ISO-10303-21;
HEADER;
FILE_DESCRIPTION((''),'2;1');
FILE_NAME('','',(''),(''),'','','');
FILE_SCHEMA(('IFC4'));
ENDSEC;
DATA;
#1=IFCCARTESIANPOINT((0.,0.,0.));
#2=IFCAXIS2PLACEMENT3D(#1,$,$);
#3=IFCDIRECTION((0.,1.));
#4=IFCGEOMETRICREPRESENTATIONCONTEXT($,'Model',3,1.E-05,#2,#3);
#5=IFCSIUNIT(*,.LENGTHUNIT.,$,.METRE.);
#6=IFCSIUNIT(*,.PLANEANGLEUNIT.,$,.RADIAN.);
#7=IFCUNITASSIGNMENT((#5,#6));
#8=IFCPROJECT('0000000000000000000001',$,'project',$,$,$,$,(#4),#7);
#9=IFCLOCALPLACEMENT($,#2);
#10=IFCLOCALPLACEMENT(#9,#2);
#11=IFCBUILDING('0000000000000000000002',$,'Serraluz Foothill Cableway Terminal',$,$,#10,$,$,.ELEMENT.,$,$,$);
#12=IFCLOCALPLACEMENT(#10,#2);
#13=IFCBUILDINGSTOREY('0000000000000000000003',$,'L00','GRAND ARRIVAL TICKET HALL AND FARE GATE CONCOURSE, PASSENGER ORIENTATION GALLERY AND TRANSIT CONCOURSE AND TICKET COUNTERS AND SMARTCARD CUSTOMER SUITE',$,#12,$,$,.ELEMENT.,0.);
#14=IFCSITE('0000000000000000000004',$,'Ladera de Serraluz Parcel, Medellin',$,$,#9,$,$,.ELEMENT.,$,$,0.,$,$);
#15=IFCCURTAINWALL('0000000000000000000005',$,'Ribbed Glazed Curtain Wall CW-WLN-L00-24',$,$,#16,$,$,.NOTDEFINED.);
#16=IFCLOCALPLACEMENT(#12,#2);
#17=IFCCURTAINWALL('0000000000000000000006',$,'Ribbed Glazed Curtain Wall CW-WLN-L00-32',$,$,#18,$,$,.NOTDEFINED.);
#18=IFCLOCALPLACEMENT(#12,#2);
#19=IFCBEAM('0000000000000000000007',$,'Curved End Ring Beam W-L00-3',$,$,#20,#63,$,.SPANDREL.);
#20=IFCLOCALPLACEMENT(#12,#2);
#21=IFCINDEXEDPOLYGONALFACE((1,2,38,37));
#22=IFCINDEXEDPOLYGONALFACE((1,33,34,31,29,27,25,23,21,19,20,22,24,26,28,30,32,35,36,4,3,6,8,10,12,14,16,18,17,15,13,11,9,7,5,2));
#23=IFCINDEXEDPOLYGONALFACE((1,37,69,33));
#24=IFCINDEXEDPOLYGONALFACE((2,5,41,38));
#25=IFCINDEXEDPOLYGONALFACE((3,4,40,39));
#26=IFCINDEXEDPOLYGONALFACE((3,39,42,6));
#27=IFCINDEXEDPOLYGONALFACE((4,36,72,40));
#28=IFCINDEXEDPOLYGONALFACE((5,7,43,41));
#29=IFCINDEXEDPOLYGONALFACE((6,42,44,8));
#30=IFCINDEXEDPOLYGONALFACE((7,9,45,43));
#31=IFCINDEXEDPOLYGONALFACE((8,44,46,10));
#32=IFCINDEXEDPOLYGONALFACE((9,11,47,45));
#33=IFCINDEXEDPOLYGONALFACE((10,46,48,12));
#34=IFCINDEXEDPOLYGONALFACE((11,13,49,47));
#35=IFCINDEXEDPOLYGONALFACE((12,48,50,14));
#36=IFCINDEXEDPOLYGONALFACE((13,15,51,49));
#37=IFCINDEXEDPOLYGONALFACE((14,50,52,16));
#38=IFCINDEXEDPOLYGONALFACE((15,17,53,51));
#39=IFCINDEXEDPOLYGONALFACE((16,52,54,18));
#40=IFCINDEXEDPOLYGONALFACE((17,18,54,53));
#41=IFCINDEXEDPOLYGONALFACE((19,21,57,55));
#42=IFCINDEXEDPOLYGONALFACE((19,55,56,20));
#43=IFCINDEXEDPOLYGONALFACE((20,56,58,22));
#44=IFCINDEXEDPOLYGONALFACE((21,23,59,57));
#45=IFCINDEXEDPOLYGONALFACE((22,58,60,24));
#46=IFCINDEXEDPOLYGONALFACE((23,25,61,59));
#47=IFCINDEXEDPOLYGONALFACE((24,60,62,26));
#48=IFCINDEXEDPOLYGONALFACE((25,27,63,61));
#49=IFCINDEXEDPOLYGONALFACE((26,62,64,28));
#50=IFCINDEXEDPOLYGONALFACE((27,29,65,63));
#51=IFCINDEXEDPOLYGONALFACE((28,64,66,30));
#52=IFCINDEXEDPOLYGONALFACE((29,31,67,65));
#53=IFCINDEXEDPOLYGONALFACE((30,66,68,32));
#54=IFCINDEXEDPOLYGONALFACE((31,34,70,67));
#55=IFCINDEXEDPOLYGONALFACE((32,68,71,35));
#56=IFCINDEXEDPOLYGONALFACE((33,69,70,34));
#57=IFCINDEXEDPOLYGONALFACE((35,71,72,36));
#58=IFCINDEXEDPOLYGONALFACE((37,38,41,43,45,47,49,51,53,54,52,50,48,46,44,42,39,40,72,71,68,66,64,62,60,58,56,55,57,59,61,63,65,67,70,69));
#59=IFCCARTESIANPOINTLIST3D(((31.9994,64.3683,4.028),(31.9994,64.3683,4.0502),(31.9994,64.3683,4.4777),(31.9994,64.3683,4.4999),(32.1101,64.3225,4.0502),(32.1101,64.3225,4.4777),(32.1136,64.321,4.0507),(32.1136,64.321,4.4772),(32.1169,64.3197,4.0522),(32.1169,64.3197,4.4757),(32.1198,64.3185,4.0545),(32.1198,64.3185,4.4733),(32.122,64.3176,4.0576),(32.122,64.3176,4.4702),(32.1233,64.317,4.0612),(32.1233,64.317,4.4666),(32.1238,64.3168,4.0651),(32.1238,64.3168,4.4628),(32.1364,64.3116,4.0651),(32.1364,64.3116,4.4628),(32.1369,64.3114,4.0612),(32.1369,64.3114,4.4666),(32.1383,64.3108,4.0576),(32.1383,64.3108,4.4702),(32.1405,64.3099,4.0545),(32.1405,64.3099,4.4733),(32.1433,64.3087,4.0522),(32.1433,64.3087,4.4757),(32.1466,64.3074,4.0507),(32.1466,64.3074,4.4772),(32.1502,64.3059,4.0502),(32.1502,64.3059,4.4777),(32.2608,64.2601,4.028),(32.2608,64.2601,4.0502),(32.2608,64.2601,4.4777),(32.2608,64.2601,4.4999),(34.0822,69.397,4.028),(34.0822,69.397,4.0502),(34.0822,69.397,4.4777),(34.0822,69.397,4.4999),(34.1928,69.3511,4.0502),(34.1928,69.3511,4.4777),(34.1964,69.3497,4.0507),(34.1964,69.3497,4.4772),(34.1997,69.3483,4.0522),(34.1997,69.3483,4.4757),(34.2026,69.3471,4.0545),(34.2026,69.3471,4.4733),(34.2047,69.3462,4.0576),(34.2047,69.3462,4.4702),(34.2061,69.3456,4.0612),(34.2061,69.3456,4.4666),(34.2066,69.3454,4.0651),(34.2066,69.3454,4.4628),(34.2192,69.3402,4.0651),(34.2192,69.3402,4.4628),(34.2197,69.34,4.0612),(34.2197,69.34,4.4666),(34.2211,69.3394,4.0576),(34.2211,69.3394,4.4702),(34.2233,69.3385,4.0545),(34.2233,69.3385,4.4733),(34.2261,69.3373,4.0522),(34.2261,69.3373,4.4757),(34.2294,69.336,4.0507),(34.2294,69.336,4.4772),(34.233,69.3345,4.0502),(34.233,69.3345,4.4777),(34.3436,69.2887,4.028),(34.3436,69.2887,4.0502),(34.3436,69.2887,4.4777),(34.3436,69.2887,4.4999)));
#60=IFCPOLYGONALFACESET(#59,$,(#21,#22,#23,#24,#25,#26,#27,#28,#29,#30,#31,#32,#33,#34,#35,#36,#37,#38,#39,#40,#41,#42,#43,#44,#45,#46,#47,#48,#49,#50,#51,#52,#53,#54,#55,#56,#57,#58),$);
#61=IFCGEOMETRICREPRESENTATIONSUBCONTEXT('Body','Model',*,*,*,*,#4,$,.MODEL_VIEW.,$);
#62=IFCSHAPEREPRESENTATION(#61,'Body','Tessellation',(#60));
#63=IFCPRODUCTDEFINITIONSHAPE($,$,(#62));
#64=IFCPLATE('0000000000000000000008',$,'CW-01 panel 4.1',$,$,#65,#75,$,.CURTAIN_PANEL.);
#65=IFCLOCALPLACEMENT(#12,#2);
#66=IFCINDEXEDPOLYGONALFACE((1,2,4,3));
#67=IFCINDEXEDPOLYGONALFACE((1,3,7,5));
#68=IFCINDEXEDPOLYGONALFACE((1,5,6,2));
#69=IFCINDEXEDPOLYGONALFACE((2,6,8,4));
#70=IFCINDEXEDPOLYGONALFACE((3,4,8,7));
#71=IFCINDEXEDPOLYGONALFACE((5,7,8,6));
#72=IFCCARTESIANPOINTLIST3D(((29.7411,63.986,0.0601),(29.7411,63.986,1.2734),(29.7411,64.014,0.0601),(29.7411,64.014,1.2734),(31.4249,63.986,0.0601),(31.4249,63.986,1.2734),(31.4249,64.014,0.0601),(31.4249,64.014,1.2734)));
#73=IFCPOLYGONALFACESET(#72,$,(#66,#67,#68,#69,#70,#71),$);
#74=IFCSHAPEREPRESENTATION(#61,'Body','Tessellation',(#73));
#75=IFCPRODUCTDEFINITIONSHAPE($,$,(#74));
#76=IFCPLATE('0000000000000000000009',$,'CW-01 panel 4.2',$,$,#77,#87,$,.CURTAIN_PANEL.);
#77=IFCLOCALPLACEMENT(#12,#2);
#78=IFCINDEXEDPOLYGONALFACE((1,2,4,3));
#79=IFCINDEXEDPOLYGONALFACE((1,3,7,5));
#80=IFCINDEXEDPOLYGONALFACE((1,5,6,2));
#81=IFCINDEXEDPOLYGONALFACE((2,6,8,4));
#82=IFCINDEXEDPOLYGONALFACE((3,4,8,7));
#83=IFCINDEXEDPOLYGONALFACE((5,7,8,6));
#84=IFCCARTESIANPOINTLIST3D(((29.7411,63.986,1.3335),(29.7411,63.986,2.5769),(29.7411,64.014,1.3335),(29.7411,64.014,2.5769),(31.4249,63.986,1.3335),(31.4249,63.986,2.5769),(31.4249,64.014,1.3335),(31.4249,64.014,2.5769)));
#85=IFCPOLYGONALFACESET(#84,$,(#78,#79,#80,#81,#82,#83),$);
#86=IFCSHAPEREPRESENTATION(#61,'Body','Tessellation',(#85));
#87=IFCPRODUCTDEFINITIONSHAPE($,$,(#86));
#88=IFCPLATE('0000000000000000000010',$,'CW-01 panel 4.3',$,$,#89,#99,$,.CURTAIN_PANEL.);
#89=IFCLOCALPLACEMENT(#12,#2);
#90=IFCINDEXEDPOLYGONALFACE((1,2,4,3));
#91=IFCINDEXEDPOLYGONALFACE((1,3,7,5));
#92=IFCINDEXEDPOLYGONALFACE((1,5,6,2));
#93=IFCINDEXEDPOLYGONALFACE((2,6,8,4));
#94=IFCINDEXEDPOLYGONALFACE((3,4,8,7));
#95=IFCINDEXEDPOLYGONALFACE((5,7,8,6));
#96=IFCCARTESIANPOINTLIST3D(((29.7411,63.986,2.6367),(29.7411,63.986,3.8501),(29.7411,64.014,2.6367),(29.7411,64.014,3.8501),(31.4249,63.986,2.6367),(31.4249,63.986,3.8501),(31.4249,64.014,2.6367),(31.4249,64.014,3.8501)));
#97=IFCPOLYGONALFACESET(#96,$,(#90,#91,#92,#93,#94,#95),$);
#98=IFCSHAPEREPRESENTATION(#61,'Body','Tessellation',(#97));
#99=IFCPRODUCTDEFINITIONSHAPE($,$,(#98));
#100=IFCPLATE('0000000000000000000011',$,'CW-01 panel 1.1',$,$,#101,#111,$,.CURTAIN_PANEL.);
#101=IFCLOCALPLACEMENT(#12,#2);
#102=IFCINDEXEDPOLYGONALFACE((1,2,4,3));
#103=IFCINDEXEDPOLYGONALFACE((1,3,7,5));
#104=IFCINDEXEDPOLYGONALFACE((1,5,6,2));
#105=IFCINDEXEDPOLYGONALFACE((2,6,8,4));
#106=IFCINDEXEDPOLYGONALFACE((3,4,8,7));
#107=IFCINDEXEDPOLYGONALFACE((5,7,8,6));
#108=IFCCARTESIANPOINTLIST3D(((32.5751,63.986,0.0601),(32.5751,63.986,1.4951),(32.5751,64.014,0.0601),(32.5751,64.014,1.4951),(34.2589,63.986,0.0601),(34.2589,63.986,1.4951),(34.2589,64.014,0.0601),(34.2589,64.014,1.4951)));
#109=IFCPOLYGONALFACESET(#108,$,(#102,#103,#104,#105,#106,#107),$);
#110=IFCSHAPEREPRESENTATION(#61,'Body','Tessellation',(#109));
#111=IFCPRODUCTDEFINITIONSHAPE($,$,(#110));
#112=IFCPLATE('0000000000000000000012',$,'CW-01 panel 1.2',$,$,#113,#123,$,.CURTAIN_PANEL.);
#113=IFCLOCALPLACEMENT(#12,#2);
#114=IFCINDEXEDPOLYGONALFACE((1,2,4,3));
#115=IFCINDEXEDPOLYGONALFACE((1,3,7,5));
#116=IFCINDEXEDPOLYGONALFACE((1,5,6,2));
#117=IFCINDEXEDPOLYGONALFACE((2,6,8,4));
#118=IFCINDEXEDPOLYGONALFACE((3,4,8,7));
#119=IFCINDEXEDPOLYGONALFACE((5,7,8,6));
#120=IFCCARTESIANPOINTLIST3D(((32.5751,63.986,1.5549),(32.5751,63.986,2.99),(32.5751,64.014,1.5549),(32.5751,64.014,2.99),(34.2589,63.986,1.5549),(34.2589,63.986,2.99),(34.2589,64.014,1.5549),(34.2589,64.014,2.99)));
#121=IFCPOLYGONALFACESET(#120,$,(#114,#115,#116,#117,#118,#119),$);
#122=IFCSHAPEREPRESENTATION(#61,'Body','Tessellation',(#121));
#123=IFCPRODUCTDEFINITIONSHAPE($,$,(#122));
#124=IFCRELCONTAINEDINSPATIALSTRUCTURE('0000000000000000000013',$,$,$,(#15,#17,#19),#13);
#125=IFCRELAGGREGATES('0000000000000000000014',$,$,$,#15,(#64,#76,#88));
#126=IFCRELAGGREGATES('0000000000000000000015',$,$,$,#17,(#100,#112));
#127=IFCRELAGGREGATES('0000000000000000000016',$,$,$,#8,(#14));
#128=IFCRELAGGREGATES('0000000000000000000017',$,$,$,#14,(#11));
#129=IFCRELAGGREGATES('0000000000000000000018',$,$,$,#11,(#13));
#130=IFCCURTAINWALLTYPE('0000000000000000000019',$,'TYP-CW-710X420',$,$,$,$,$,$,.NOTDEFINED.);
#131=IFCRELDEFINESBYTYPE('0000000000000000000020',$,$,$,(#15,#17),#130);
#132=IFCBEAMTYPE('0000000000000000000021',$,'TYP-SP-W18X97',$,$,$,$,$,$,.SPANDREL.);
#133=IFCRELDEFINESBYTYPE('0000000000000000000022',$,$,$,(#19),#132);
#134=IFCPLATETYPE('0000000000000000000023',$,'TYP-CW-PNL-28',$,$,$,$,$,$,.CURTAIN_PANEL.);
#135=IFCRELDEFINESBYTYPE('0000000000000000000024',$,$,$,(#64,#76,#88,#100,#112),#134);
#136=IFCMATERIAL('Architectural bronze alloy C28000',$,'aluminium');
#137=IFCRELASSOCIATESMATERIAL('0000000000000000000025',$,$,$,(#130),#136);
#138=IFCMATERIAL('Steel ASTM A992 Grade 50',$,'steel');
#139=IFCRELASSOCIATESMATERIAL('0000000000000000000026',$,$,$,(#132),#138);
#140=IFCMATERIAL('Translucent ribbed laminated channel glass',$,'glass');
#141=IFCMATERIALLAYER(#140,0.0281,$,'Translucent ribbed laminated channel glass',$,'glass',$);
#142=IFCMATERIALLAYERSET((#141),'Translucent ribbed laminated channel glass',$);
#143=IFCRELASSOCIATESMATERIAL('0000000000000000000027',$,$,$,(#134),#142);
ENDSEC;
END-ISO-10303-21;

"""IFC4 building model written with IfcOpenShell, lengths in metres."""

from ifc_helpers import new_model, si_unit, direction, frame, origin, origin_2d, place, context, subcontext, project, spatial, rectangle, i_section, extrude, material, layer, layer_set, material_profile, profile_set, type_object, element, aggregate, save


model = new_model("IFC4")

# Units and contexts
model_context = context("Model", 3, precision=1e-05, world=origin(), true_north=direction((0.0, 1.0)))
body_context = subcontext(model_context, "Body", "Model", "MODEL_VIEW")
ifc_project = project(units=[si_unit("LENGTHUNIT", "METRE"), si_unit("PLANEANGLEUNIT", "RADIAN")], contexts=[model_context])

# Site, building, storey
site_placement = place(None, origin())
site = spatial("IfcSite", under=ifc_project, at=site_placement, Name="Ladera de Serraluz Parcel, Medellin", CompositionType="ELEMENT", RefElevation=0.0)
building_placement = place(site_placement, origin())
building = spatial("IfcBuilding", under=site, at=building_placement, Name="Serraluz Foothill Cableway Terminal", CompositionType="ELEMENT")
storey_placement = place(building_placement, origin())
storey = spatial("IfcBuildingStorey", under=building, at=storey_placement, Name="L00", Description="GRAND ARRIVAL TICKET HALL AND FARE GATE CONCOURSE, PASSENGER ORIENTATION GALLERY AND TRANSIT CONCOURSE AND TICKET COUNTERS AND SMARTCARD CUSTOMER SUITE", CompositionType="ELEMENT", Elevation=0.0)

# Curtain walls
ifc_material_1 = material(Name="Architectural bronze alloy C28000", Category="aluminium")
curtain_wall_type = type_object("IfcCurtainWallType", Name="TYP-CW-710X420", PredefinedType="NOTDEFINED", material=ifc_material_1)
curtain_wall_1_placement = place(storey_placement, origin())
curtain_wall_1 = element("IfcCurtainWall", 1, at=curtain_wall_1_placement, inside=storey, type_object=curtain_wall_type, Name="Ribbed Glazed Curtain Wall CW-WLN-L00-24", PredefinedType="NOTDEFINED")
curtain_wall_2_placement = place(storey_placement, origin())
curtain_wall_2 = element("IfcCurtainWall", 2, at=curtain_wall_2_placement, inside=storey, type_object=curtain_wall_type, Name="Ribbed Glazed Curtain Wall CW-WLN-L00-32", PredefinedType="NOTDEFINED")

# Beam
ifc_material_2 = material(Name="Steel ASTM A992 Grade 50", Category="steel")
ifc_material_profile_1 = material_profile(ifc_material_2, i_section(OverallWidth=0.283, OverallDepth=0.4719, WebThickness=0.0137, FlangeThickness=0.0222, FilletRadius=0.0149, at=origin_2d()), Name="W18X97")
ifc_profile_set_1 = profile_set([ifc_material_profile_1], Name="Steel ASTM A992 Grade 50")
beam_type_1 = type_object("IfcBeamType", Name="TYP-SP-W18X97", PredefinedType="SPANDREL", material=ifc_profile_set_1)
beam_1_placement = place(storey_placement, frame((32.1301, 64.3142, 4.2639), z_axis=(0.382662, 0.923888, 0.0), x_axis=(-0.923888, 0.382662, 0.0)))
element("IfcBeam", 3, at=beam_1_placement, inside=storey, type_object=beam_type_1, Name="Curved End Ring Beam W-L00-3", PredefinedType="SPANDREL", context=body_context, shape_type="SweptSolid", body=[
    extrude(i_section(OverallWidth=0.283, OverallDepth=0.4719, WebThickness=0.0137, FlangeThickness=0.0222, FilletRadius=0.0149, at=origin_2d()), origin(), (0.0, 0.0, 1.0), 5.4429),
])

# Plates
ifc_material_3 = material(Name="Translucent ribbed laminated channel glass", Category="glass")
ifc_layer = layer(ifc_material_3, 0.0281, Name="Translucent ribbed laminated channel glass", Category="glass")
ifc_layer_set = layer_set([ifc_layer], Name="Translucent ribbed laminated channel glass")
plate_type = type_object("IfcPlateType", Name="TYP-CW-PNL-28", PredefinedType="CURTAIN_PANEL", material=ifc_layer_set)
plate_1_placement = place(storey_placement, frame((30.583, 64.0, 0.0601), z_axis=(0.0, 0.0, 1.0), x_axis=(1.0, 0.0, 0.0)))
plate_1 = element("IfcPlate", 4, at=plate_1_placement, type_object=plate_type, Name="CW-01 panel 4.1", PredefinedType="CURTAIN_PANEL", context=body_context, shape_type="SweptSolid", body=[
    extrude(rectangle(XDim=1.6838, YDim=0.0281, at=origin_2d()), origin(), (0.0, 0.0, 1.0), 1.2134),
])
plate_2_placement = place(storey_placement, frame((30.583, 64.0, 1.3335), z_axis=(0.0, 0.0, 1.0), x_axis=(1.0, 0.0, 0.0)))
plate_2 = element("IfcPlate", 5, at=plate_2_placement, type_object=plate_type, Name="CW-01 panel 4.2", PredefinedType="CURTAIN_PANEL", context=body_context, shape_type="SweptSolid", body=[
    extrude(rectangle(XDim=1.6838, YDim=0.0281, at=origin_2d()), origin(), (0.0, 0.0, 1.0), 1.2434),
])
plate_3_placement = place(storey_placement, frame((30.583, 64.0, 2.6367), z_axis=(0.0, 0.0, 1.0), x_axis=(1.0, 0.0, 0.0)))
plate_3 = element("IfcPlate", 6, at=plate_3_placement, type_object=plate_type, Name="CW-01 panel 4.3", PredefinedType="CURTAIN_PANEL", context=body_context, shape_type="SweptSolid", body=[
    extrude(rectangle(XDim=1.6838, YDim=0.0281, at=origin_2d()), origin(), (0.0, 0.0, 1.0), 1.2134),
])
aggregate(curtain_wall_1, [plate_1, plate_2, plate_3])
plate_4_placement = place(storey_placement, frame((33.417, 64.0, 0.0601), z_axis=(0.0, 0.0, 1.0), x_axis=(1.0, 0.0, 0.0)))
plate_4 = element("IfcPlate", 7, at=plate_4_placement, type_object=plate_type, Name="CW-01 panel 1.1", PredefinedType="CURTAIN_PANEL", context=body_context, shape_type="SweptSolid", body=[
    extrude(rectangle(XDim=1.6838, YDim=0.0281, at=origin_2d()), origin(), (0.0, 0.0, 1.0), 1.4351),
])
plate_5_placement = place(storey_placement, frame((33.417, 64.0, 1.5549), z_axis=(0.0, 0.0, 1.0), x_axis=(1.0, 0.0, 0.0)))
plate_5 = element("IfcPlate", 8, at=plate_5_placement, type_object=plate_type, Name="CW-01 panel 1.2", PredefinedType="CURTAIN_PANEL", context=body_context, shape_type="SweptSolid", body=[
    extrude(rectangle(XDim=1.6838, YDim=0.0281, at=origin_2d()), origin(), (0.0, 0.0, 1.0), 1.4351),
])
aggregate(curtain_wall_2, [plate_4, plate_5])

save(model, "model.ifc")
